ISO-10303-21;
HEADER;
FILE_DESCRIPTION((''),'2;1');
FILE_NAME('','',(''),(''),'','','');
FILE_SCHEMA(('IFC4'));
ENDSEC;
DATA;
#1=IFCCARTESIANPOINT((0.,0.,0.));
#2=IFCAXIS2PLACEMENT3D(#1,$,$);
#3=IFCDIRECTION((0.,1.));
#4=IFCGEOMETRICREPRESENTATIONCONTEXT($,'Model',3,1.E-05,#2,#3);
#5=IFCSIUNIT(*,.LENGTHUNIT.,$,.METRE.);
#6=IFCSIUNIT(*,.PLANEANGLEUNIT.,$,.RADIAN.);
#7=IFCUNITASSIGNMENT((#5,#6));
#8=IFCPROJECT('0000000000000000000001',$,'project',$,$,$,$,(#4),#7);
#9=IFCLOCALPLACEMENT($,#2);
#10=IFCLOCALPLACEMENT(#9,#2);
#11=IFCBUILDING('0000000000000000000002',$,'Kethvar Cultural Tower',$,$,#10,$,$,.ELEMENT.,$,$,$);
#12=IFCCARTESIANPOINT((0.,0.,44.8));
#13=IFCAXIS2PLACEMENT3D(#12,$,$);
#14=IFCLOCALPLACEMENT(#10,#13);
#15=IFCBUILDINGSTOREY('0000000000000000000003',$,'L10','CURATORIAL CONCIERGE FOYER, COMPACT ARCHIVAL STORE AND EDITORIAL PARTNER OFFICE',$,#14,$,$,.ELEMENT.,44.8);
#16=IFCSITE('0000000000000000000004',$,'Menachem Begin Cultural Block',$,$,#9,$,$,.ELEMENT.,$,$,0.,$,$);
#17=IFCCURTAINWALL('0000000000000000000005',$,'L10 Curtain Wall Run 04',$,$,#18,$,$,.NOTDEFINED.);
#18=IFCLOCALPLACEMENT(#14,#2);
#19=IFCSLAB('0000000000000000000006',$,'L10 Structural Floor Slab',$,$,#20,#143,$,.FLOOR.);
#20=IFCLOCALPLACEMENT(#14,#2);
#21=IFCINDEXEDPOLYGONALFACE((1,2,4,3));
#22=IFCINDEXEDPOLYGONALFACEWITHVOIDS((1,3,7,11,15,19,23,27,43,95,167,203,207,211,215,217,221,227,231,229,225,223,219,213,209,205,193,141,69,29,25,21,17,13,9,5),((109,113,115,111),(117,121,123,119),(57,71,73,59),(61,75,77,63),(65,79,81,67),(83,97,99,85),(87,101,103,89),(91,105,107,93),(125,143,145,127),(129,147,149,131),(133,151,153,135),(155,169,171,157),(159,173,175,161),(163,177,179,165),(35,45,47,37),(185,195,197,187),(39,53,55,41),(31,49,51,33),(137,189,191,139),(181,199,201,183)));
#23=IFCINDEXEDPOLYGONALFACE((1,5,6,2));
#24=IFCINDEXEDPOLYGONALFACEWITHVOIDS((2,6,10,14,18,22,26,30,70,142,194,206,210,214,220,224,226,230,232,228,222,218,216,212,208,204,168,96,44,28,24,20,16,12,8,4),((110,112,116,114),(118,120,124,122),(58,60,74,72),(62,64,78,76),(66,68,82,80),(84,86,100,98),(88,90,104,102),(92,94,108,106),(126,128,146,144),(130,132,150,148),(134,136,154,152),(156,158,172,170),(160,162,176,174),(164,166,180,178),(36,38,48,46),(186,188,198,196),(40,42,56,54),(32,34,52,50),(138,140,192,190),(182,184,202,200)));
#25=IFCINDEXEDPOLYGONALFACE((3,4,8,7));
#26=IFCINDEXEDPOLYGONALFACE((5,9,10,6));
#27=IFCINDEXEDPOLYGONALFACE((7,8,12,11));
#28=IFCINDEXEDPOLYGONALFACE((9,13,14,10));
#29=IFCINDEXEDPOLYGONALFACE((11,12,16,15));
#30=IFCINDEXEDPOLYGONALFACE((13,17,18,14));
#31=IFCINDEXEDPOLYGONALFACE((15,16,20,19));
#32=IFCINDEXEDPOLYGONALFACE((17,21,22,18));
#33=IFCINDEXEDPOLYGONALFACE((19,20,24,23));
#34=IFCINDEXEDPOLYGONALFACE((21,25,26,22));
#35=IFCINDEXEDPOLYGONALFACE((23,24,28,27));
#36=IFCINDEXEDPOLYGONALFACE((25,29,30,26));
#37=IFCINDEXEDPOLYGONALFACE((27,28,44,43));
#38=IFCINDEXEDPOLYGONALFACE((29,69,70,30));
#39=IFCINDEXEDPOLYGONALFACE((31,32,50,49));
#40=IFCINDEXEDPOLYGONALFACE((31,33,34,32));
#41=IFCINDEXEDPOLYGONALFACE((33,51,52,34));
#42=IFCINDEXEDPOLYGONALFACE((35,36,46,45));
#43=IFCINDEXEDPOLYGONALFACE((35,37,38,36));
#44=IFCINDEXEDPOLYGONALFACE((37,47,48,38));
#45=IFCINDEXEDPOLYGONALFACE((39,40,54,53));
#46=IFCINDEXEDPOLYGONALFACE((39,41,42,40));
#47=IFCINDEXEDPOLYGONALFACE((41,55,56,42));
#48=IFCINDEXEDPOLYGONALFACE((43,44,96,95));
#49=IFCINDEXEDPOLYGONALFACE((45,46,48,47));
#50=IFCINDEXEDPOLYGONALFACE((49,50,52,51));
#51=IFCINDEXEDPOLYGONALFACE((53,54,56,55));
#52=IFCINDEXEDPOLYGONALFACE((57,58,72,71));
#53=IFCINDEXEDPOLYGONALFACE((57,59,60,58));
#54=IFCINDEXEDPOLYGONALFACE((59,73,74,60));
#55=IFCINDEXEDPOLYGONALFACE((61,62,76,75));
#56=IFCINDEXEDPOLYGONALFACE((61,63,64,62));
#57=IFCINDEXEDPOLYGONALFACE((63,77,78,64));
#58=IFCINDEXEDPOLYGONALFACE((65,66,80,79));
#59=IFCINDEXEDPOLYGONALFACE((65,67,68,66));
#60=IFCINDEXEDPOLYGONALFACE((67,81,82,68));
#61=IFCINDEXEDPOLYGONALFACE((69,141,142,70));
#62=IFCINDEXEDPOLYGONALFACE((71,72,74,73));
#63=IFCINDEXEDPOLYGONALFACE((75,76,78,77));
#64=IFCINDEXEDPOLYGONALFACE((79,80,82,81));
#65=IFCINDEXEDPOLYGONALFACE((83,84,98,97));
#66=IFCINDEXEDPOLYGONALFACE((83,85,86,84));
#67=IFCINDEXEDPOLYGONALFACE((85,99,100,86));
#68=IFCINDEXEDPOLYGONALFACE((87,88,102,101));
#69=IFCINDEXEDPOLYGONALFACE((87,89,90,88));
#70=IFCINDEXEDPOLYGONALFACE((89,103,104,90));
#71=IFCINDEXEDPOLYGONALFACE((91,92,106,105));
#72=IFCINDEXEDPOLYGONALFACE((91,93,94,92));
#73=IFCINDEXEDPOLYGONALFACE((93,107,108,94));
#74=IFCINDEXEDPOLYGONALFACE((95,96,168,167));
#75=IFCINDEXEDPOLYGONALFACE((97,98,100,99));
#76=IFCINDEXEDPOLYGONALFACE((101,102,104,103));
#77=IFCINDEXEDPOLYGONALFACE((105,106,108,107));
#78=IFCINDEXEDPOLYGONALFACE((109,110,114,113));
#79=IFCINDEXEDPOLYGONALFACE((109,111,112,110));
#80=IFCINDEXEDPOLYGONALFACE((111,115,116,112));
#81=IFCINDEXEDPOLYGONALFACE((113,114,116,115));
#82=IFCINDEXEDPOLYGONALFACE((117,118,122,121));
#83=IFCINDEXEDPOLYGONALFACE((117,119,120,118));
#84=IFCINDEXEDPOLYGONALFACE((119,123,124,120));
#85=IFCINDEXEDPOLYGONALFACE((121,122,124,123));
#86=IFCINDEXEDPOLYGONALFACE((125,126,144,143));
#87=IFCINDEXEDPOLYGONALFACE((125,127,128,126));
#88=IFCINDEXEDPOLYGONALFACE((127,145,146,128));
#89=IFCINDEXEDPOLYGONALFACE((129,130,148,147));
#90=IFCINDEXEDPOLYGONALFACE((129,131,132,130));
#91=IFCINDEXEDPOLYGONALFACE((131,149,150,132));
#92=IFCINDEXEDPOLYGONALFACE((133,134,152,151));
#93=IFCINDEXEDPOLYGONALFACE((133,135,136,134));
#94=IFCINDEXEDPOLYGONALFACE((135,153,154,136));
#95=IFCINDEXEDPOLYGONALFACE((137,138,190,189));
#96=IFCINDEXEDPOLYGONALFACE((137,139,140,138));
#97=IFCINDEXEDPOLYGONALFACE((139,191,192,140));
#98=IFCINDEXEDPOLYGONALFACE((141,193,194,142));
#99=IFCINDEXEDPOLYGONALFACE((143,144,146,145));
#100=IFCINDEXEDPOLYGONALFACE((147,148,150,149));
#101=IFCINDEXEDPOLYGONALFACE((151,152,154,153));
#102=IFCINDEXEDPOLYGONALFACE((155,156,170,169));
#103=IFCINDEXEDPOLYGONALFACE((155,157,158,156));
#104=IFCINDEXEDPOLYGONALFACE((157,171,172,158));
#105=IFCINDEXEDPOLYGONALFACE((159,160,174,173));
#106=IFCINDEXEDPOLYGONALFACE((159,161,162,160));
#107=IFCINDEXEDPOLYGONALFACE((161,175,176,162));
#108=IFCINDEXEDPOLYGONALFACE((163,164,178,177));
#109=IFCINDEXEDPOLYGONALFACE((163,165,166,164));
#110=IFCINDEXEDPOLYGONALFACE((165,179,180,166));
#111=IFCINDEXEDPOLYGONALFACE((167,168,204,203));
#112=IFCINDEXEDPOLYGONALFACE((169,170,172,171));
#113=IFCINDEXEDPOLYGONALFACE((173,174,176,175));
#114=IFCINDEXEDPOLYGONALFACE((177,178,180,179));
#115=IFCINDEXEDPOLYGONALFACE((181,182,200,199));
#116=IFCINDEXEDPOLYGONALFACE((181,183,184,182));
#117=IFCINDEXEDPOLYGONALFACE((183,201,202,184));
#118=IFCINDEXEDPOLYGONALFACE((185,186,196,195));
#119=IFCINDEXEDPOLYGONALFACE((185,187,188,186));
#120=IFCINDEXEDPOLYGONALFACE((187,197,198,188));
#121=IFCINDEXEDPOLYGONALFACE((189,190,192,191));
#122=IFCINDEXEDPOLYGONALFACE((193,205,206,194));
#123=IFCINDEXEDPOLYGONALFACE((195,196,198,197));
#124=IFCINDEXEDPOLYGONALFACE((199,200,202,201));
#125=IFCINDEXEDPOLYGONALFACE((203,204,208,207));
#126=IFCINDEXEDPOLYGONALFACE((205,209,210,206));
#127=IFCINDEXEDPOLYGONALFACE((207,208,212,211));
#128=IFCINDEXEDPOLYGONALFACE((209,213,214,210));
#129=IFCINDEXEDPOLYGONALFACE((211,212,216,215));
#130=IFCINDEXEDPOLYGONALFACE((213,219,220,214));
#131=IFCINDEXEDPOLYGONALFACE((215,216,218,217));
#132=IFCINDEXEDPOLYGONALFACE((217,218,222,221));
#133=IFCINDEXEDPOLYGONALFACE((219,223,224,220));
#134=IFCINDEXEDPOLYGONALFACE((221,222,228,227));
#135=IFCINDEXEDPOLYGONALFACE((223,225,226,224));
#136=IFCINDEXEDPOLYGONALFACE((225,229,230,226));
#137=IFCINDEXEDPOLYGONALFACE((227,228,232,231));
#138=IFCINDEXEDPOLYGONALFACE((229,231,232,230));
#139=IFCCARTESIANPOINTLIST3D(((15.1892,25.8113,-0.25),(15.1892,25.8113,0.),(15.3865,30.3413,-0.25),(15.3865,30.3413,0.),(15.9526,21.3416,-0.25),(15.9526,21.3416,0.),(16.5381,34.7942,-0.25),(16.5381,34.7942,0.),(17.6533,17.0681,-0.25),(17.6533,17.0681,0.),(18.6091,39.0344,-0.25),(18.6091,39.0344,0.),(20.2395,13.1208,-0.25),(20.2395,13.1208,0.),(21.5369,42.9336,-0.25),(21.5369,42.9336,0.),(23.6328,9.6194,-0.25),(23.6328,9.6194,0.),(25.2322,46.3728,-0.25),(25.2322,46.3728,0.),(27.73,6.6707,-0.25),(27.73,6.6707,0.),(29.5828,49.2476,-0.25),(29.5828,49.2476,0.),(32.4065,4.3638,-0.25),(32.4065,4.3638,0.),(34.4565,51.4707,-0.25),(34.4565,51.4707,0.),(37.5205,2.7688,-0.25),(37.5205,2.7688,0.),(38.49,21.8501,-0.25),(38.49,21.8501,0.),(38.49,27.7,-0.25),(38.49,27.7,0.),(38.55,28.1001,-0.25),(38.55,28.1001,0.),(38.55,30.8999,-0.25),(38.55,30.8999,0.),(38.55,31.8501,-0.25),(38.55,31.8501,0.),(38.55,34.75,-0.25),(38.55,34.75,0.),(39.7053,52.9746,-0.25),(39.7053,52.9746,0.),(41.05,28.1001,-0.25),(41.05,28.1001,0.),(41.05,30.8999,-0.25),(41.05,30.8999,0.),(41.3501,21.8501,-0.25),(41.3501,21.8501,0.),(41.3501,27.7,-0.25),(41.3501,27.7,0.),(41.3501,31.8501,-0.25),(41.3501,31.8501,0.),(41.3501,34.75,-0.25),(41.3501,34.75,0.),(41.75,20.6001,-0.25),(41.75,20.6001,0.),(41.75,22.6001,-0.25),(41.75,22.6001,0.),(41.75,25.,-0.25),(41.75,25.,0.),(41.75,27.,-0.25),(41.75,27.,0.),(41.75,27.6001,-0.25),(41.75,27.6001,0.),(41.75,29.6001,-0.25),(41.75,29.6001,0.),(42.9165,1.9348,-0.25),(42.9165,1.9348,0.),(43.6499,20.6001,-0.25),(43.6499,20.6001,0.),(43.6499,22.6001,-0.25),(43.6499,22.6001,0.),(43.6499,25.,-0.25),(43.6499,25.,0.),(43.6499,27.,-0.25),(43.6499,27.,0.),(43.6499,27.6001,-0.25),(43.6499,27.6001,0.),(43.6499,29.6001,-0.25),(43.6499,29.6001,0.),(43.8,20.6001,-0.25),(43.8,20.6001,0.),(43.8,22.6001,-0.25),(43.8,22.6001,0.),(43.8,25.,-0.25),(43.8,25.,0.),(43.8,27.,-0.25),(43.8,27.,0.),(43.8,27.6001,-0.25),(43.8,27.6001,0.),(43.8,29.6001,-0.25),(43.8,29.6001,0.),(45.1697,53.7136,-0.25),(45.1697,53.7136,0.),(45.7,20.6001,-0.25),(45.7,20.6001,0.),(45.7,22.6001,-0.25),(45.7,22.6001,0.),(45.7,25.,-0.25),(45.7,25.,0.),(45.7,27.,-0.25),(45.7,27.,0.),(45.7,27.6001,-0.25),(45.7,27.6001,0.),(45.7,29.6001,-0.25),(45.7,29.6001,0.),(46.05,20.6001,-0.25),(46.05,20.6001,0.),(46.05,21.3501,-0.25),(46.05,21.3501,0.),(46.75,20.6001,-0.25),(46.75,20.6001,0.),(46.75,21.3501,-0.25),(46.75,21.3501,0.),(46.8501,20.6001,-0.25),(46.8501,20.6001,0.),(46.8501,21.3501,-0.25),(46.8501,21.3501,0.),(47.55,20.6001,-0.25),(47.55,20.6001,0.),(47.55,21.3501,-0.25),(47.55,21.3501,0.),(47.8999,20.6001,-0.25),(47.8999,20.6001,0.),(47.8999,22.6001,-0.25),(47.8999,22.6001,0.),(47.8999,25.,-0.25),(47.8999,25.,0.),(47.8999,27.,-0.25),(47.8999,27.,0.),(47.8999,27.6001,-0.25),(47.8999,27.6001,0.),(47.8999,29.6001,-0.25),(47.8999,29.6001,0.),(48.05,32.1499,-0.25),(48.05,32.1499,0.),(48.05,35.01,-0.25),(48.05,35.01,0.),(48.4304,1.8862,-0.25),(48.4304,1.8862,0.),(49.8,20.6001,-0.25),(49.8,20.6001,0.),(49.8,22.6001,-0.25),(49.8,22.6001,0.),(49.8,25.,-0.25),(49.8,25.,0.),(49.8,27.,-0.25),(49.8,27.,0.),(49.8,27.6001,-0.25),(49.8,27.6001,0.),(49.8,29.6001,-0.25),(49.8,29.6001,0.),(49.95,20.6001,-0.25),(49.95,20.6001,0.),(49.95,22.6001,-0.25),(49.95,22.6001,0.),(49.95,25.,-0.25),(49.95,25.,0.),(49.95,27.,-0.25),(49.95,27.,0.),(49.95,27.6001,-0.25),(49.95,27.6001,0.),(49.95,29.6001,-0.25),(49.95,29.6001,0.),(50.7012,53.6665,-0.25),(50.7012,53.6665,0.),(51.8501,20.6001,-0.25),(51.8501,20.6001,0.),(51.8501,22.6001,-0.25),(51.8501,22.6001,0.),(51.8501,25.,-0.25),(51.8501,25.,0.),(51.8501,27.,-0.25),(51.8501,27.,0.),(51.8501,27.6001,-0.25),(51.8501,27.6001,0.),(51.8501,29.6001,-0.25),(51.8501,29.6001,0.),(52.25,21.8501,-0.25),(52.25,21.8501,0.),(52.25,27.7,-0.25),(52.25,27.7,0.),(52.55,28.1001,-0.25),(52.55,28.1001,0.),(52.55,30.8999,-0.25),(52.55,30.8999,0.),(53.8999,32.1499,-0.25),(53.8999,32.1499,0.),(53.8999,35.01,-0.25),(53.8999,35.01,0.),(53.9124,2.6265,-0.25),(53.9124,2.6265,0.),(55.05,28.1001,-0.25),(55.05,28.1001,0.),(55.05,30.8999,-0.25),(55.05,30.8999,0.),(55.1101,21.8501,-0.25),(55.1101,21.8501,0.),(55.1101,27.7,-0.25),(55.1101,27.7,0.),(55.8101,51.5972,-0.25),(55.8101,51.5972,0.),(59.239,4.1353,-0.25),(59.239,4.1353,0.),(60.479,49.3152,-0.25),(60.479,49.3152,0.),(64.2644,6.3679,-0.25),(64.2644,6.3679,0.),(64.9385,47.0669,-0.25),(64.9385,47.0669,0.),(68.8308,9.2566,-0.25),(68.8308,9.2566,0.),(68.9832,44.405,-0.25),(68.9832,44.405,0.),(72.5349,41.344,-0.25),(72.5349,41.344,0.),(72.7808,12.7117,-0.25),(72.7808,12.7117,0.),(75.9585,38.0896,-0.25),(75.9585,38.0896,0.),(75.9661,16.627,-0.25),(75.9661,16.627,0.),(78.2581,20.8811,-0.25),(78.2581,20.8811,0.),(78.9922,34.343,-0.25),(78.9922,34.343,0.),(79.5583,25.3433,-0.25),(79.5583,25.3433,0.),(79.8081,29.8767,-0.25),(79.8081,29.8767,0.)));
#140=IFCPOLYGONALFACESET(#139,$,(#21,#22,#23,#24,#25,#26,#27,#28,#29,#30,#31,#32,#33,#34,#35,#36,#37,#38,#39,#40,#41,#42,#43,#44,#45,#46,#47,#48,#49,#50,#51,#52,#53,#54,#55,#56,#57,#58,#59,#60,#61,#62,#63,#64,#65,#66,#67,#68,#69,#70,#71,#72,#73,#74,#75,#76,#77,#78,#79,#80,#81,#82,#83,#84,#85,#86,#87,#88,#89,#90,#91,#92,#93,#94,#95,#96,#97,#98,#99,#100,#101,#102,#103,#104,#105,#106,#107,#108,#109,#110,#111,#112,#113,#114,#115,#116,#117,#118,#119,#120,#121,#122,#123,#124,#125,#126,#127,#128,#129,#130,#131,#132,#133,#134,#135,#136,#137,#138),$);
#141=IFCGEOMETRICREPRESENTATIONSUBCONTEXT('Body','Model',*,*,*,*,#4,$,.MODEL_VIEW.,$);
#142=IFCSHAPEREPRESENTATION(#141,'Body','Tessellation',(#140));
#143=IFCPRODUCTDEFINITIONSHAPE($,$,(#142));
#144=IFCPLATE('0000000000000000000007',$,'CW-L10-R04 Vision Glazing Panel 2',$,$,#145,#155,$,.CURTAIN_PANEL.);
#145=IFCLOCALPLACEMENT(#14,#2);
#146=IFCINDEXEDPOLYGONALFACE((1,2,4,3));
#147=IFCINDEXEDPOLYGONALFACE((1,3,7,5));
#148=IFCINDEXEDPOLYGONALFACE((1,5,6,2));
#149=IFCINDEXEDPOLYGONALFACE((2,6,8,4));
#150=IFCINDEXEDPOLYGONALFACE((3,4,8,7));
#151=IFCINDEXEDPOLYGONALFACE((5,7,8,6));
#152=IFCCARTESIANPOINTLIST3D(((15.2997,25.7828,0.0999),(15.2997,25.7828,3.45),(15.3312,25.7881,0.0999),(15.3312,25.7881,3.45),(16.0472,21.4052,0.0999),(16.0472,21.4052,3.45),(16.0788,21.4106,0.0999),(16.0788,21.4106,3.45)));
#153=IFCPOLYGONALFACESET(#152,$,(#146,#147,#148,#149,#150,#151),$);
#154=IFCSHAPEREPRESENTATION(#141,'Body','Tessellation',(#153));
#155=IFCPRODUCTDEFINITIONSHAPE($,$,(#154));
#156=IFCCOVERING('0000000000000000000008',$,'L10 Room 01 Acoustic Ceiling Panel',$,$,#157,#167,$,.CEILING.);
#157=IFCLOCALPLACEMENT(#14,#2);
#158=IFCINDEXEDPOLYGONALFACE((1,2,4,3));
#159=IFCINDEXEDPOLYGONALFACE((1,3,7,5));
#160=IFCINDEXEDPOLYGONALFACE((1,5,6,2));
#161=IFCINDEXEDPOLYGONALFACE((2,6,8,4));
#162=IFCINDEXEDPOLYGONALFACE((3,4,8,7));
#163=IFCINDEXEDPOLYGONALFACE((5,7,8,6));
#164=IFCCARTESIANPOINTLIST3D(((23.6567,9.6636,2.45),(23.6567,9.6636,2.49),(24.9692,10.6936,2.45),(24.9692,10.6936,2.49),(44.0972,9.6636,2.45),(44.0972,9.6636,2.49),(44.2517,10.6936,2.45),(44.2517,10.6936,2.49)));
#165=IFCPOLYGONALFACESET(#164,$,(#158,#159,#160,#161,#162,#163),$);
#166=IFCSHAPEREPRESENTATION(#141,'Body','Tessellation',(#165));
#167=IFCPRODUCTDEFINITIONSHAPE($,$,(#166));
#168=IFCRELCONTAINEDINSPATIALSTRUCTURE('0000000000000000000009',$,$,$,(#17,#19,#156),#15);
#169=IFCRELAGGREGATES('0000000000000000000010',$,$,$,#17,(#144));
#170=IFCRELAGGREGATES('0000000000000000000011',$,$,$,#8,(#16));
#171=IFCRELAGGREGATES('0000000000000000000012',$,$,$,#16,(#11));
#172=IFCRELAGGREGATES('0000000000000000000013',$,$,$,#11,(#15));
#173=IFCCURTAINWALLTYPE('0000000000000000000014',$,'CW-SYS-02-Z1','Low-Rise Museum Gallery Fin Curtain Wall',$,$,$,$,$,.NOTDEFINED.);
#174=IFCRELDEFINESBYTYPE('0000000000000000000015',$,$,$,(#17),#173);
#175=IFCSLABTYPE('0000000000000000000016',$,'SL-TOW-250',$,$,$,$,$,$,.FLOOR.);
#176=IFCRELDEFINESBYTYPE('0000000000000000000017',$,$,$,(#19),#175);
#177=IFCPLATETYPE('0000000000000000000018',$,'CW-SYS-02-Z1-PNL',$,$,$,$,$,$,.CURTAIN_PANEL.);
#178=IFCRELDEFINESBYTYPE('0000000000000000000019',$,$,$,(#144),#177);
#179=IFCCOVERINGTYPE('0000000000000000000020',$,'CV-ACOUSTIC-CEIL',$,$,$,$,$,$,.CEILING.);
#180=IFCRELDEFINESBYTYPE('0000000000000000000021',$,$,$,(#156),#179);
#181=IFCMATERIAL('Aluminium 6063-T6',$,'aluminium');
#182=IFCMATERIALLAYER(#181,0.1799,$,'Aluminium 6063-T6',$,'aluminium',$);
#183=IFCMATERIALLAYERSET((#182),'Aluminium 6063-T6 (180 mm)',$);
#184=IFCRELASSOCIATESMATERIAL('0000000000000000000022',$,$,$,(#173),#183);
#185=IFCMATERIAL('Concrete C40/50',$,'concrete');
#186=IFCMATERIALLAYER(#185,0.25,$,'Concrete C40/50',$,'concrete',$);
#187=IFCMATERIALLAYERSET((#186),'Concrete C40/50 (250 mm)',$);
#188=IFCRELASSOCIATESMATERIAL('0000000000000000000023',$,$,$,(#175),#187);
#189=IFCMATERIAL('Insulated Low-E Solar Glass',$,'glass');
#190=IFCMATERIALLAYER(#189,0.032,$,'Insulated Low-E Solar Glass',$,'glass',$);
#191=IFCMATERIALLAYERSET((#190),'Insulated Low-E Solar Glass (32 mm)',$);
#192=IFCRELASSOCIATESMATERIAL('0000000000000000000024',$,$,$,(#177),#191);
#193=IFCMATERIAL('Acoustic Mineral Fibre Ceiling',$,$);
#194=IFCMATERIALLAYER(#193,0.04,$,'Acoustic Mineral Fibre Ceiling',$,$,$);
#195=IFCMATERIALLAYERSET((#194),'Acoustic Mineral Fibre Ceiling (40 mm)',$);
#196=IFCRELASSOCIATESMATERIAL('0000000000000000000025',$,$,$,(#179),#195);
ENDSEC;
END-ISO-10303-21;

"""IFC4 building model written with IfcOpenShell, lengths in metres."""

from ifc_helpers import new_model, si_unit, direction, frame, origin, origin_2d, place, context, subcontext, project, spatial, polyline, rectangle, outline, extrude, source, transform, mapped, material, layer, layer_set, type_object, element, aggregate, save


model = new_model("IFC4")

# Units and contexts
model_context = context("Model", 3, precision=1e-05, world=origin(), true_north=direction((0.0, 1.0)))
body_context = subcontext(model_context, "Body", "Model", "MODEL_VIEW")
ifc_project = project(units=[si_unit("LENGTHUNIT", "METRE"), si_unit("PLANEANGLEUNIT", "RADIAN")], contexts=[model_context])

# Site, building, storey
site_placement = place(None, origin())
site = spatial("IfcSite", under=ifc_project, at=site_placement, Name="Menachem Begin Cultural Block", CompositionType="ELEMENT", RefElevation=0.0)
building_placement = place(site_placement, origin())
building = spatial("IfcBuilding", under=site, at=building_placement, Name="Kethvar Cultural Tower", CompositionType="ELEMENT")
storey_placement = place(building_placement, frame((0.0, 0.0, 44.8)))
storey = spatial("IfcBuildingStorey", under=building, at=storey_placement, Name="L10", Description="CURATORIAL CONCIERGE FOYER, COMPACT ARCHIVAL STORE AND EDITORIAL PARTNER OFFICE", CompositionType="ELEMENT", Elevation=44.8)

# Curtain wall
ifc_material_1 = material(Name="Aluminium 6063-T6", Category="aluminium")
ifc_layer_1 = layer(ifc_material_1, 0.1799, Name="Aluminium 6063-T6", Category="aluminium")
ifc_layer_set_1 = layer_set([ifc_layer_1], Name="Aluminium 6063-T6 (180 mm)")
curtain_wall_type = type_object("IfcCurtainWallType", Name="CW-SYS-02-Z1", Description="Low-Rise Museum Gallery Fin Curtain Wall", PredefinedType="NOTDEFINED", material=ifc_layer_set_1)
curtain_wall_placement = place(storey_placement, origin())
curtain_wall = element("IfcCurtainWall", 1, at=curtain_wall_placement, inside=storey, type_object=curtain_wall_type, Name="L10 Curtain Wall Run 04", PredefinedType="NOTDEFINED")

# Shared definitions
ifc_material_2 = material(Name="Concrete C40/50", Category="concrete")

# Slab
ifc_layer_2 = layer(ifc_material_2, 0.25, Name="Concrete C40/50", Category="concrete")
ifc_layer_set_2 = layer_set([ifc_layer_2], Name="Concrete C40/50 (250 mm)")
slab_type_1 = type_object("IfcSlabType", Name="SL-TOW-250", PredefinedType="FLOOR", material=ifc_layer_set_2)
slab_1_placement = place(storey_placement, frame((0.0, 0.0, -0.25)))
element("IfcSlab", 2, at=slab_1_placement, inside=storey, type_object=slab_type_1, Name="L10 Structural Floor Slab", PredefinedType="FLOOR", context=body_context, shape_type="SweptSolid", body=[
    extrude(outline(polyline([(79.8081, 29.8767), (78.9922, 34.343), (75.9585, 38.0896), (72.5349, 41.344), (68.9832, 44.405), (64.9385, 47.0669), (60.479, 49.3152), (55.8101, 51.5972), (50.7012, 53.6665), (45.1697, 53.7136), (39.7053, 52.9746), (34.4565, 51.4707), (29.5828, 49.2476), (25.2322, 46.3728), (21.5369, 42.9336), (18.6091, 39.0344), (16.5381, 34.7942), (15.3865, 30.3413), (15.1892, 25.8113), (15.9526, 21.3416), (17.6533, 17.0681), (20.2395, 13.1208), (23.6328, 9.6194), (27.73, 6.6707), (32.4065, 4.3638), (37.5205, 2.7688), (42.9165, 1.9348), (48.4304, 1.8862), (53.9124, 2.6265), (59.239, 4.1353), (64.2644, 6.3679), (68.8308, 9.2566), (72.7808, 12.7117), (75.9661, 16.627), (78.2581, 20.8811), (79.5583, 25.3433), (79.8081, 29.8767)]), holes=[polyline([(38.49, 21.8501), (38.49, 27.7), (41.3501, 27.7), (41.3501, 21.8501), (38.49, 21.8501)]), polyline([(52.25, 21.8501), (52.25, 27.7), (55.1101, 27.7), (55.1101, 21.8501), (52.25, 21.8501)]), polyline([(53.8999, 32.1499), (48.05, 32.1499), (48.05, 35.01), (53.8999, 35.01), (53.8999, 32.1499)]), polyline([(41.75, 22.6001), (43.6499, 22.6001), (43.6499, 20.6001), (41.75, 20.6001), (41.75, 22.6001)]), polyline([(43.8, 22.6001), (45.7, 22.6001), (45.7, 20.6001), (43.8, 20.6001), (43.8, 22.6001)]), polyline([(47.8999, 22.6001), (49.8, 22.6001), (49.8, 20.6001), (47.8999, 20.6001), (47.8999, 22.6001)]), polyline([(49.95, 22.6001), (51.8501, 22.6001), (51.8501, 20.6001), (49.95, 20.6001), (49.95, 22.6001)]), polyline([(41.75, 27.0), (43.6499, 27.0), (43.6499, 25.0), (41.75, 25.0), (41.75, 27.0)]), polyline([(43.8, 27.0), (45.7, 27.0), (45.7, 25.0), (43.8, 25.0), (43.8, 27.0)]), polyline([(47.8999, 27.0), (49.8, 27.0), (49.8, 25.0), (47.8999, 25.0), (47.8999, 27.0)]), polyline([(49.95, 27.0), (51.8501, 27.0), (51.8501, 25.0), (49.95, 25.0), (49.95, 27.0)]), polyline([(41.75, 29.6001), (43.6499, 29.6001), (43.6499, 27.6001), (41.75, 27.6001), (41.75, 29.6001)]), polyline([(43.8, 29.6001), (45.7, 29.6001), (45.7, 27.6001), (43.8, 27.6001), (43.8, 29.6001)]), polyline([(47.8999, 29.6001), (49.8, 29.6001), (49.8, 27.6001), (47.8999, 27.6001), (47.8999, 29.6001)]), polyline([(49.95, 29.6001), (51.8501, 29.6001), (51.8501, 27.6001), (49.95, 27.6001), (49.95, 29.6001)]), polyline([(38.55, 30.8999), (41.05, 30.8999), (41.05, 28.1001), (38.55, 28.1001), (38.55, 30.8999)]), polyline([(52.55, 30.8999), (55.05, 30.8999), (55.05, 28.1001), (52.55, 28.1001), (52.55, 30.8999)]), polyline([(38.55, 34.75), (41.3501, 34.75), (41.3501, 31.8501), (38.55, 31.8501), (38.55, 34.75)]), polyline([(46.05, 21.3501), (46.75, 21.3501), (46.75, 20.6001), (46.05, 20.6001), (46.05, 21.3501)]), polyline([(46.8501, 21.3501), (47.55, 21.3501), (47.55, 20.6001), (46.8501, 20.6001), (46.8501, 21.3501)])]), origin(), (0.0, 0.0, 1.0), 0.25),
])

# Plate
ifc_material_3 = material(Name="Insulated Low-E Solar Glass", Category="glass")
ifc_layer_3 = layer(ifc_material_3, 0.032, Name="Insulated Low-E Solar Glass", Category="glass")
ifc_layer_set_3 = layer_set([ifc_layer_3], Name="Insulated Low-E Solar Glass (32 mm)")
plate_type = type_object("IfcPlateType", Name="CW-SYS-02-Z1-PNL", PredefinedType="CURTAIN_PANEL", material=ifc_layer_set_3)
shared_shape_1 = source(origin(), body_context, "Body", "SweptSolid", [
    extrude(rectangle(XDim=4.4409, YDim=0.032, at=origin_2d()), origin(), (0.0, 0.0, 1.0), 3.3501),
])
plate_placement = place(storey_placement, frame((15.6892, 23.5967, 0.0999), z_axis=(0.0, 0.0, 1.0), x_axis=(0.168335, -0.98573, 0.0)))
plate = element("IfcPlate", 3, at=plate_placement, type_object=plate_type, Name="CW-L10-R04 Vision Glazing Panel 2", PredefinedType="CURTAIN_PANEL", context=body_context, shape_type="MappedRepresentation", body=[
    mapped(shared_shape_1, transform((0.0, 0.0, 0.0), scale=1.0)),
])
aggregate(curtain_wall, [plate])

# Covering
ifc_material_4 = material(Name="Acoustic Mineral Fibre Ceiling")
ifc_layer_4 = layer(ifc_material_4, 0.04, Name="Acoustic Mineral Fibre Ceiling")
ifc_layer_set_4 = layer_set([ifc_layer_4], Name="Acoustic Mineral Fibre Ceiling (40 mm)")
covering_type_1 = type_object("IfcCoveringType", Name="CV-ACOUSTIC-CEIL", PredefinedType="CEILING", material=ifc_layer_set_4)
covering_1_placement = place(storey_placement, frame((0.0, 0.0, 2.45)))
element("IfcCovering", 4, at=covering_1_placement, inside=storey, type_object=covering_type_1, Name="L10 Room 01 Acoustic Ceiling Panel", PredefinedType="CEILING", context=body_context, shape_type="SweptSolid", body=[
    extrude(outline(polyline([(24.9692, 10.6936), (44.2517, 10.6936), (44.0972, 9.6636), (23.6567, 9.6636), (24.9692, 10.6936)])), origin(), (0.0, 0.0, 1.0), 0.04),
])

save(model, "model.ifc")
